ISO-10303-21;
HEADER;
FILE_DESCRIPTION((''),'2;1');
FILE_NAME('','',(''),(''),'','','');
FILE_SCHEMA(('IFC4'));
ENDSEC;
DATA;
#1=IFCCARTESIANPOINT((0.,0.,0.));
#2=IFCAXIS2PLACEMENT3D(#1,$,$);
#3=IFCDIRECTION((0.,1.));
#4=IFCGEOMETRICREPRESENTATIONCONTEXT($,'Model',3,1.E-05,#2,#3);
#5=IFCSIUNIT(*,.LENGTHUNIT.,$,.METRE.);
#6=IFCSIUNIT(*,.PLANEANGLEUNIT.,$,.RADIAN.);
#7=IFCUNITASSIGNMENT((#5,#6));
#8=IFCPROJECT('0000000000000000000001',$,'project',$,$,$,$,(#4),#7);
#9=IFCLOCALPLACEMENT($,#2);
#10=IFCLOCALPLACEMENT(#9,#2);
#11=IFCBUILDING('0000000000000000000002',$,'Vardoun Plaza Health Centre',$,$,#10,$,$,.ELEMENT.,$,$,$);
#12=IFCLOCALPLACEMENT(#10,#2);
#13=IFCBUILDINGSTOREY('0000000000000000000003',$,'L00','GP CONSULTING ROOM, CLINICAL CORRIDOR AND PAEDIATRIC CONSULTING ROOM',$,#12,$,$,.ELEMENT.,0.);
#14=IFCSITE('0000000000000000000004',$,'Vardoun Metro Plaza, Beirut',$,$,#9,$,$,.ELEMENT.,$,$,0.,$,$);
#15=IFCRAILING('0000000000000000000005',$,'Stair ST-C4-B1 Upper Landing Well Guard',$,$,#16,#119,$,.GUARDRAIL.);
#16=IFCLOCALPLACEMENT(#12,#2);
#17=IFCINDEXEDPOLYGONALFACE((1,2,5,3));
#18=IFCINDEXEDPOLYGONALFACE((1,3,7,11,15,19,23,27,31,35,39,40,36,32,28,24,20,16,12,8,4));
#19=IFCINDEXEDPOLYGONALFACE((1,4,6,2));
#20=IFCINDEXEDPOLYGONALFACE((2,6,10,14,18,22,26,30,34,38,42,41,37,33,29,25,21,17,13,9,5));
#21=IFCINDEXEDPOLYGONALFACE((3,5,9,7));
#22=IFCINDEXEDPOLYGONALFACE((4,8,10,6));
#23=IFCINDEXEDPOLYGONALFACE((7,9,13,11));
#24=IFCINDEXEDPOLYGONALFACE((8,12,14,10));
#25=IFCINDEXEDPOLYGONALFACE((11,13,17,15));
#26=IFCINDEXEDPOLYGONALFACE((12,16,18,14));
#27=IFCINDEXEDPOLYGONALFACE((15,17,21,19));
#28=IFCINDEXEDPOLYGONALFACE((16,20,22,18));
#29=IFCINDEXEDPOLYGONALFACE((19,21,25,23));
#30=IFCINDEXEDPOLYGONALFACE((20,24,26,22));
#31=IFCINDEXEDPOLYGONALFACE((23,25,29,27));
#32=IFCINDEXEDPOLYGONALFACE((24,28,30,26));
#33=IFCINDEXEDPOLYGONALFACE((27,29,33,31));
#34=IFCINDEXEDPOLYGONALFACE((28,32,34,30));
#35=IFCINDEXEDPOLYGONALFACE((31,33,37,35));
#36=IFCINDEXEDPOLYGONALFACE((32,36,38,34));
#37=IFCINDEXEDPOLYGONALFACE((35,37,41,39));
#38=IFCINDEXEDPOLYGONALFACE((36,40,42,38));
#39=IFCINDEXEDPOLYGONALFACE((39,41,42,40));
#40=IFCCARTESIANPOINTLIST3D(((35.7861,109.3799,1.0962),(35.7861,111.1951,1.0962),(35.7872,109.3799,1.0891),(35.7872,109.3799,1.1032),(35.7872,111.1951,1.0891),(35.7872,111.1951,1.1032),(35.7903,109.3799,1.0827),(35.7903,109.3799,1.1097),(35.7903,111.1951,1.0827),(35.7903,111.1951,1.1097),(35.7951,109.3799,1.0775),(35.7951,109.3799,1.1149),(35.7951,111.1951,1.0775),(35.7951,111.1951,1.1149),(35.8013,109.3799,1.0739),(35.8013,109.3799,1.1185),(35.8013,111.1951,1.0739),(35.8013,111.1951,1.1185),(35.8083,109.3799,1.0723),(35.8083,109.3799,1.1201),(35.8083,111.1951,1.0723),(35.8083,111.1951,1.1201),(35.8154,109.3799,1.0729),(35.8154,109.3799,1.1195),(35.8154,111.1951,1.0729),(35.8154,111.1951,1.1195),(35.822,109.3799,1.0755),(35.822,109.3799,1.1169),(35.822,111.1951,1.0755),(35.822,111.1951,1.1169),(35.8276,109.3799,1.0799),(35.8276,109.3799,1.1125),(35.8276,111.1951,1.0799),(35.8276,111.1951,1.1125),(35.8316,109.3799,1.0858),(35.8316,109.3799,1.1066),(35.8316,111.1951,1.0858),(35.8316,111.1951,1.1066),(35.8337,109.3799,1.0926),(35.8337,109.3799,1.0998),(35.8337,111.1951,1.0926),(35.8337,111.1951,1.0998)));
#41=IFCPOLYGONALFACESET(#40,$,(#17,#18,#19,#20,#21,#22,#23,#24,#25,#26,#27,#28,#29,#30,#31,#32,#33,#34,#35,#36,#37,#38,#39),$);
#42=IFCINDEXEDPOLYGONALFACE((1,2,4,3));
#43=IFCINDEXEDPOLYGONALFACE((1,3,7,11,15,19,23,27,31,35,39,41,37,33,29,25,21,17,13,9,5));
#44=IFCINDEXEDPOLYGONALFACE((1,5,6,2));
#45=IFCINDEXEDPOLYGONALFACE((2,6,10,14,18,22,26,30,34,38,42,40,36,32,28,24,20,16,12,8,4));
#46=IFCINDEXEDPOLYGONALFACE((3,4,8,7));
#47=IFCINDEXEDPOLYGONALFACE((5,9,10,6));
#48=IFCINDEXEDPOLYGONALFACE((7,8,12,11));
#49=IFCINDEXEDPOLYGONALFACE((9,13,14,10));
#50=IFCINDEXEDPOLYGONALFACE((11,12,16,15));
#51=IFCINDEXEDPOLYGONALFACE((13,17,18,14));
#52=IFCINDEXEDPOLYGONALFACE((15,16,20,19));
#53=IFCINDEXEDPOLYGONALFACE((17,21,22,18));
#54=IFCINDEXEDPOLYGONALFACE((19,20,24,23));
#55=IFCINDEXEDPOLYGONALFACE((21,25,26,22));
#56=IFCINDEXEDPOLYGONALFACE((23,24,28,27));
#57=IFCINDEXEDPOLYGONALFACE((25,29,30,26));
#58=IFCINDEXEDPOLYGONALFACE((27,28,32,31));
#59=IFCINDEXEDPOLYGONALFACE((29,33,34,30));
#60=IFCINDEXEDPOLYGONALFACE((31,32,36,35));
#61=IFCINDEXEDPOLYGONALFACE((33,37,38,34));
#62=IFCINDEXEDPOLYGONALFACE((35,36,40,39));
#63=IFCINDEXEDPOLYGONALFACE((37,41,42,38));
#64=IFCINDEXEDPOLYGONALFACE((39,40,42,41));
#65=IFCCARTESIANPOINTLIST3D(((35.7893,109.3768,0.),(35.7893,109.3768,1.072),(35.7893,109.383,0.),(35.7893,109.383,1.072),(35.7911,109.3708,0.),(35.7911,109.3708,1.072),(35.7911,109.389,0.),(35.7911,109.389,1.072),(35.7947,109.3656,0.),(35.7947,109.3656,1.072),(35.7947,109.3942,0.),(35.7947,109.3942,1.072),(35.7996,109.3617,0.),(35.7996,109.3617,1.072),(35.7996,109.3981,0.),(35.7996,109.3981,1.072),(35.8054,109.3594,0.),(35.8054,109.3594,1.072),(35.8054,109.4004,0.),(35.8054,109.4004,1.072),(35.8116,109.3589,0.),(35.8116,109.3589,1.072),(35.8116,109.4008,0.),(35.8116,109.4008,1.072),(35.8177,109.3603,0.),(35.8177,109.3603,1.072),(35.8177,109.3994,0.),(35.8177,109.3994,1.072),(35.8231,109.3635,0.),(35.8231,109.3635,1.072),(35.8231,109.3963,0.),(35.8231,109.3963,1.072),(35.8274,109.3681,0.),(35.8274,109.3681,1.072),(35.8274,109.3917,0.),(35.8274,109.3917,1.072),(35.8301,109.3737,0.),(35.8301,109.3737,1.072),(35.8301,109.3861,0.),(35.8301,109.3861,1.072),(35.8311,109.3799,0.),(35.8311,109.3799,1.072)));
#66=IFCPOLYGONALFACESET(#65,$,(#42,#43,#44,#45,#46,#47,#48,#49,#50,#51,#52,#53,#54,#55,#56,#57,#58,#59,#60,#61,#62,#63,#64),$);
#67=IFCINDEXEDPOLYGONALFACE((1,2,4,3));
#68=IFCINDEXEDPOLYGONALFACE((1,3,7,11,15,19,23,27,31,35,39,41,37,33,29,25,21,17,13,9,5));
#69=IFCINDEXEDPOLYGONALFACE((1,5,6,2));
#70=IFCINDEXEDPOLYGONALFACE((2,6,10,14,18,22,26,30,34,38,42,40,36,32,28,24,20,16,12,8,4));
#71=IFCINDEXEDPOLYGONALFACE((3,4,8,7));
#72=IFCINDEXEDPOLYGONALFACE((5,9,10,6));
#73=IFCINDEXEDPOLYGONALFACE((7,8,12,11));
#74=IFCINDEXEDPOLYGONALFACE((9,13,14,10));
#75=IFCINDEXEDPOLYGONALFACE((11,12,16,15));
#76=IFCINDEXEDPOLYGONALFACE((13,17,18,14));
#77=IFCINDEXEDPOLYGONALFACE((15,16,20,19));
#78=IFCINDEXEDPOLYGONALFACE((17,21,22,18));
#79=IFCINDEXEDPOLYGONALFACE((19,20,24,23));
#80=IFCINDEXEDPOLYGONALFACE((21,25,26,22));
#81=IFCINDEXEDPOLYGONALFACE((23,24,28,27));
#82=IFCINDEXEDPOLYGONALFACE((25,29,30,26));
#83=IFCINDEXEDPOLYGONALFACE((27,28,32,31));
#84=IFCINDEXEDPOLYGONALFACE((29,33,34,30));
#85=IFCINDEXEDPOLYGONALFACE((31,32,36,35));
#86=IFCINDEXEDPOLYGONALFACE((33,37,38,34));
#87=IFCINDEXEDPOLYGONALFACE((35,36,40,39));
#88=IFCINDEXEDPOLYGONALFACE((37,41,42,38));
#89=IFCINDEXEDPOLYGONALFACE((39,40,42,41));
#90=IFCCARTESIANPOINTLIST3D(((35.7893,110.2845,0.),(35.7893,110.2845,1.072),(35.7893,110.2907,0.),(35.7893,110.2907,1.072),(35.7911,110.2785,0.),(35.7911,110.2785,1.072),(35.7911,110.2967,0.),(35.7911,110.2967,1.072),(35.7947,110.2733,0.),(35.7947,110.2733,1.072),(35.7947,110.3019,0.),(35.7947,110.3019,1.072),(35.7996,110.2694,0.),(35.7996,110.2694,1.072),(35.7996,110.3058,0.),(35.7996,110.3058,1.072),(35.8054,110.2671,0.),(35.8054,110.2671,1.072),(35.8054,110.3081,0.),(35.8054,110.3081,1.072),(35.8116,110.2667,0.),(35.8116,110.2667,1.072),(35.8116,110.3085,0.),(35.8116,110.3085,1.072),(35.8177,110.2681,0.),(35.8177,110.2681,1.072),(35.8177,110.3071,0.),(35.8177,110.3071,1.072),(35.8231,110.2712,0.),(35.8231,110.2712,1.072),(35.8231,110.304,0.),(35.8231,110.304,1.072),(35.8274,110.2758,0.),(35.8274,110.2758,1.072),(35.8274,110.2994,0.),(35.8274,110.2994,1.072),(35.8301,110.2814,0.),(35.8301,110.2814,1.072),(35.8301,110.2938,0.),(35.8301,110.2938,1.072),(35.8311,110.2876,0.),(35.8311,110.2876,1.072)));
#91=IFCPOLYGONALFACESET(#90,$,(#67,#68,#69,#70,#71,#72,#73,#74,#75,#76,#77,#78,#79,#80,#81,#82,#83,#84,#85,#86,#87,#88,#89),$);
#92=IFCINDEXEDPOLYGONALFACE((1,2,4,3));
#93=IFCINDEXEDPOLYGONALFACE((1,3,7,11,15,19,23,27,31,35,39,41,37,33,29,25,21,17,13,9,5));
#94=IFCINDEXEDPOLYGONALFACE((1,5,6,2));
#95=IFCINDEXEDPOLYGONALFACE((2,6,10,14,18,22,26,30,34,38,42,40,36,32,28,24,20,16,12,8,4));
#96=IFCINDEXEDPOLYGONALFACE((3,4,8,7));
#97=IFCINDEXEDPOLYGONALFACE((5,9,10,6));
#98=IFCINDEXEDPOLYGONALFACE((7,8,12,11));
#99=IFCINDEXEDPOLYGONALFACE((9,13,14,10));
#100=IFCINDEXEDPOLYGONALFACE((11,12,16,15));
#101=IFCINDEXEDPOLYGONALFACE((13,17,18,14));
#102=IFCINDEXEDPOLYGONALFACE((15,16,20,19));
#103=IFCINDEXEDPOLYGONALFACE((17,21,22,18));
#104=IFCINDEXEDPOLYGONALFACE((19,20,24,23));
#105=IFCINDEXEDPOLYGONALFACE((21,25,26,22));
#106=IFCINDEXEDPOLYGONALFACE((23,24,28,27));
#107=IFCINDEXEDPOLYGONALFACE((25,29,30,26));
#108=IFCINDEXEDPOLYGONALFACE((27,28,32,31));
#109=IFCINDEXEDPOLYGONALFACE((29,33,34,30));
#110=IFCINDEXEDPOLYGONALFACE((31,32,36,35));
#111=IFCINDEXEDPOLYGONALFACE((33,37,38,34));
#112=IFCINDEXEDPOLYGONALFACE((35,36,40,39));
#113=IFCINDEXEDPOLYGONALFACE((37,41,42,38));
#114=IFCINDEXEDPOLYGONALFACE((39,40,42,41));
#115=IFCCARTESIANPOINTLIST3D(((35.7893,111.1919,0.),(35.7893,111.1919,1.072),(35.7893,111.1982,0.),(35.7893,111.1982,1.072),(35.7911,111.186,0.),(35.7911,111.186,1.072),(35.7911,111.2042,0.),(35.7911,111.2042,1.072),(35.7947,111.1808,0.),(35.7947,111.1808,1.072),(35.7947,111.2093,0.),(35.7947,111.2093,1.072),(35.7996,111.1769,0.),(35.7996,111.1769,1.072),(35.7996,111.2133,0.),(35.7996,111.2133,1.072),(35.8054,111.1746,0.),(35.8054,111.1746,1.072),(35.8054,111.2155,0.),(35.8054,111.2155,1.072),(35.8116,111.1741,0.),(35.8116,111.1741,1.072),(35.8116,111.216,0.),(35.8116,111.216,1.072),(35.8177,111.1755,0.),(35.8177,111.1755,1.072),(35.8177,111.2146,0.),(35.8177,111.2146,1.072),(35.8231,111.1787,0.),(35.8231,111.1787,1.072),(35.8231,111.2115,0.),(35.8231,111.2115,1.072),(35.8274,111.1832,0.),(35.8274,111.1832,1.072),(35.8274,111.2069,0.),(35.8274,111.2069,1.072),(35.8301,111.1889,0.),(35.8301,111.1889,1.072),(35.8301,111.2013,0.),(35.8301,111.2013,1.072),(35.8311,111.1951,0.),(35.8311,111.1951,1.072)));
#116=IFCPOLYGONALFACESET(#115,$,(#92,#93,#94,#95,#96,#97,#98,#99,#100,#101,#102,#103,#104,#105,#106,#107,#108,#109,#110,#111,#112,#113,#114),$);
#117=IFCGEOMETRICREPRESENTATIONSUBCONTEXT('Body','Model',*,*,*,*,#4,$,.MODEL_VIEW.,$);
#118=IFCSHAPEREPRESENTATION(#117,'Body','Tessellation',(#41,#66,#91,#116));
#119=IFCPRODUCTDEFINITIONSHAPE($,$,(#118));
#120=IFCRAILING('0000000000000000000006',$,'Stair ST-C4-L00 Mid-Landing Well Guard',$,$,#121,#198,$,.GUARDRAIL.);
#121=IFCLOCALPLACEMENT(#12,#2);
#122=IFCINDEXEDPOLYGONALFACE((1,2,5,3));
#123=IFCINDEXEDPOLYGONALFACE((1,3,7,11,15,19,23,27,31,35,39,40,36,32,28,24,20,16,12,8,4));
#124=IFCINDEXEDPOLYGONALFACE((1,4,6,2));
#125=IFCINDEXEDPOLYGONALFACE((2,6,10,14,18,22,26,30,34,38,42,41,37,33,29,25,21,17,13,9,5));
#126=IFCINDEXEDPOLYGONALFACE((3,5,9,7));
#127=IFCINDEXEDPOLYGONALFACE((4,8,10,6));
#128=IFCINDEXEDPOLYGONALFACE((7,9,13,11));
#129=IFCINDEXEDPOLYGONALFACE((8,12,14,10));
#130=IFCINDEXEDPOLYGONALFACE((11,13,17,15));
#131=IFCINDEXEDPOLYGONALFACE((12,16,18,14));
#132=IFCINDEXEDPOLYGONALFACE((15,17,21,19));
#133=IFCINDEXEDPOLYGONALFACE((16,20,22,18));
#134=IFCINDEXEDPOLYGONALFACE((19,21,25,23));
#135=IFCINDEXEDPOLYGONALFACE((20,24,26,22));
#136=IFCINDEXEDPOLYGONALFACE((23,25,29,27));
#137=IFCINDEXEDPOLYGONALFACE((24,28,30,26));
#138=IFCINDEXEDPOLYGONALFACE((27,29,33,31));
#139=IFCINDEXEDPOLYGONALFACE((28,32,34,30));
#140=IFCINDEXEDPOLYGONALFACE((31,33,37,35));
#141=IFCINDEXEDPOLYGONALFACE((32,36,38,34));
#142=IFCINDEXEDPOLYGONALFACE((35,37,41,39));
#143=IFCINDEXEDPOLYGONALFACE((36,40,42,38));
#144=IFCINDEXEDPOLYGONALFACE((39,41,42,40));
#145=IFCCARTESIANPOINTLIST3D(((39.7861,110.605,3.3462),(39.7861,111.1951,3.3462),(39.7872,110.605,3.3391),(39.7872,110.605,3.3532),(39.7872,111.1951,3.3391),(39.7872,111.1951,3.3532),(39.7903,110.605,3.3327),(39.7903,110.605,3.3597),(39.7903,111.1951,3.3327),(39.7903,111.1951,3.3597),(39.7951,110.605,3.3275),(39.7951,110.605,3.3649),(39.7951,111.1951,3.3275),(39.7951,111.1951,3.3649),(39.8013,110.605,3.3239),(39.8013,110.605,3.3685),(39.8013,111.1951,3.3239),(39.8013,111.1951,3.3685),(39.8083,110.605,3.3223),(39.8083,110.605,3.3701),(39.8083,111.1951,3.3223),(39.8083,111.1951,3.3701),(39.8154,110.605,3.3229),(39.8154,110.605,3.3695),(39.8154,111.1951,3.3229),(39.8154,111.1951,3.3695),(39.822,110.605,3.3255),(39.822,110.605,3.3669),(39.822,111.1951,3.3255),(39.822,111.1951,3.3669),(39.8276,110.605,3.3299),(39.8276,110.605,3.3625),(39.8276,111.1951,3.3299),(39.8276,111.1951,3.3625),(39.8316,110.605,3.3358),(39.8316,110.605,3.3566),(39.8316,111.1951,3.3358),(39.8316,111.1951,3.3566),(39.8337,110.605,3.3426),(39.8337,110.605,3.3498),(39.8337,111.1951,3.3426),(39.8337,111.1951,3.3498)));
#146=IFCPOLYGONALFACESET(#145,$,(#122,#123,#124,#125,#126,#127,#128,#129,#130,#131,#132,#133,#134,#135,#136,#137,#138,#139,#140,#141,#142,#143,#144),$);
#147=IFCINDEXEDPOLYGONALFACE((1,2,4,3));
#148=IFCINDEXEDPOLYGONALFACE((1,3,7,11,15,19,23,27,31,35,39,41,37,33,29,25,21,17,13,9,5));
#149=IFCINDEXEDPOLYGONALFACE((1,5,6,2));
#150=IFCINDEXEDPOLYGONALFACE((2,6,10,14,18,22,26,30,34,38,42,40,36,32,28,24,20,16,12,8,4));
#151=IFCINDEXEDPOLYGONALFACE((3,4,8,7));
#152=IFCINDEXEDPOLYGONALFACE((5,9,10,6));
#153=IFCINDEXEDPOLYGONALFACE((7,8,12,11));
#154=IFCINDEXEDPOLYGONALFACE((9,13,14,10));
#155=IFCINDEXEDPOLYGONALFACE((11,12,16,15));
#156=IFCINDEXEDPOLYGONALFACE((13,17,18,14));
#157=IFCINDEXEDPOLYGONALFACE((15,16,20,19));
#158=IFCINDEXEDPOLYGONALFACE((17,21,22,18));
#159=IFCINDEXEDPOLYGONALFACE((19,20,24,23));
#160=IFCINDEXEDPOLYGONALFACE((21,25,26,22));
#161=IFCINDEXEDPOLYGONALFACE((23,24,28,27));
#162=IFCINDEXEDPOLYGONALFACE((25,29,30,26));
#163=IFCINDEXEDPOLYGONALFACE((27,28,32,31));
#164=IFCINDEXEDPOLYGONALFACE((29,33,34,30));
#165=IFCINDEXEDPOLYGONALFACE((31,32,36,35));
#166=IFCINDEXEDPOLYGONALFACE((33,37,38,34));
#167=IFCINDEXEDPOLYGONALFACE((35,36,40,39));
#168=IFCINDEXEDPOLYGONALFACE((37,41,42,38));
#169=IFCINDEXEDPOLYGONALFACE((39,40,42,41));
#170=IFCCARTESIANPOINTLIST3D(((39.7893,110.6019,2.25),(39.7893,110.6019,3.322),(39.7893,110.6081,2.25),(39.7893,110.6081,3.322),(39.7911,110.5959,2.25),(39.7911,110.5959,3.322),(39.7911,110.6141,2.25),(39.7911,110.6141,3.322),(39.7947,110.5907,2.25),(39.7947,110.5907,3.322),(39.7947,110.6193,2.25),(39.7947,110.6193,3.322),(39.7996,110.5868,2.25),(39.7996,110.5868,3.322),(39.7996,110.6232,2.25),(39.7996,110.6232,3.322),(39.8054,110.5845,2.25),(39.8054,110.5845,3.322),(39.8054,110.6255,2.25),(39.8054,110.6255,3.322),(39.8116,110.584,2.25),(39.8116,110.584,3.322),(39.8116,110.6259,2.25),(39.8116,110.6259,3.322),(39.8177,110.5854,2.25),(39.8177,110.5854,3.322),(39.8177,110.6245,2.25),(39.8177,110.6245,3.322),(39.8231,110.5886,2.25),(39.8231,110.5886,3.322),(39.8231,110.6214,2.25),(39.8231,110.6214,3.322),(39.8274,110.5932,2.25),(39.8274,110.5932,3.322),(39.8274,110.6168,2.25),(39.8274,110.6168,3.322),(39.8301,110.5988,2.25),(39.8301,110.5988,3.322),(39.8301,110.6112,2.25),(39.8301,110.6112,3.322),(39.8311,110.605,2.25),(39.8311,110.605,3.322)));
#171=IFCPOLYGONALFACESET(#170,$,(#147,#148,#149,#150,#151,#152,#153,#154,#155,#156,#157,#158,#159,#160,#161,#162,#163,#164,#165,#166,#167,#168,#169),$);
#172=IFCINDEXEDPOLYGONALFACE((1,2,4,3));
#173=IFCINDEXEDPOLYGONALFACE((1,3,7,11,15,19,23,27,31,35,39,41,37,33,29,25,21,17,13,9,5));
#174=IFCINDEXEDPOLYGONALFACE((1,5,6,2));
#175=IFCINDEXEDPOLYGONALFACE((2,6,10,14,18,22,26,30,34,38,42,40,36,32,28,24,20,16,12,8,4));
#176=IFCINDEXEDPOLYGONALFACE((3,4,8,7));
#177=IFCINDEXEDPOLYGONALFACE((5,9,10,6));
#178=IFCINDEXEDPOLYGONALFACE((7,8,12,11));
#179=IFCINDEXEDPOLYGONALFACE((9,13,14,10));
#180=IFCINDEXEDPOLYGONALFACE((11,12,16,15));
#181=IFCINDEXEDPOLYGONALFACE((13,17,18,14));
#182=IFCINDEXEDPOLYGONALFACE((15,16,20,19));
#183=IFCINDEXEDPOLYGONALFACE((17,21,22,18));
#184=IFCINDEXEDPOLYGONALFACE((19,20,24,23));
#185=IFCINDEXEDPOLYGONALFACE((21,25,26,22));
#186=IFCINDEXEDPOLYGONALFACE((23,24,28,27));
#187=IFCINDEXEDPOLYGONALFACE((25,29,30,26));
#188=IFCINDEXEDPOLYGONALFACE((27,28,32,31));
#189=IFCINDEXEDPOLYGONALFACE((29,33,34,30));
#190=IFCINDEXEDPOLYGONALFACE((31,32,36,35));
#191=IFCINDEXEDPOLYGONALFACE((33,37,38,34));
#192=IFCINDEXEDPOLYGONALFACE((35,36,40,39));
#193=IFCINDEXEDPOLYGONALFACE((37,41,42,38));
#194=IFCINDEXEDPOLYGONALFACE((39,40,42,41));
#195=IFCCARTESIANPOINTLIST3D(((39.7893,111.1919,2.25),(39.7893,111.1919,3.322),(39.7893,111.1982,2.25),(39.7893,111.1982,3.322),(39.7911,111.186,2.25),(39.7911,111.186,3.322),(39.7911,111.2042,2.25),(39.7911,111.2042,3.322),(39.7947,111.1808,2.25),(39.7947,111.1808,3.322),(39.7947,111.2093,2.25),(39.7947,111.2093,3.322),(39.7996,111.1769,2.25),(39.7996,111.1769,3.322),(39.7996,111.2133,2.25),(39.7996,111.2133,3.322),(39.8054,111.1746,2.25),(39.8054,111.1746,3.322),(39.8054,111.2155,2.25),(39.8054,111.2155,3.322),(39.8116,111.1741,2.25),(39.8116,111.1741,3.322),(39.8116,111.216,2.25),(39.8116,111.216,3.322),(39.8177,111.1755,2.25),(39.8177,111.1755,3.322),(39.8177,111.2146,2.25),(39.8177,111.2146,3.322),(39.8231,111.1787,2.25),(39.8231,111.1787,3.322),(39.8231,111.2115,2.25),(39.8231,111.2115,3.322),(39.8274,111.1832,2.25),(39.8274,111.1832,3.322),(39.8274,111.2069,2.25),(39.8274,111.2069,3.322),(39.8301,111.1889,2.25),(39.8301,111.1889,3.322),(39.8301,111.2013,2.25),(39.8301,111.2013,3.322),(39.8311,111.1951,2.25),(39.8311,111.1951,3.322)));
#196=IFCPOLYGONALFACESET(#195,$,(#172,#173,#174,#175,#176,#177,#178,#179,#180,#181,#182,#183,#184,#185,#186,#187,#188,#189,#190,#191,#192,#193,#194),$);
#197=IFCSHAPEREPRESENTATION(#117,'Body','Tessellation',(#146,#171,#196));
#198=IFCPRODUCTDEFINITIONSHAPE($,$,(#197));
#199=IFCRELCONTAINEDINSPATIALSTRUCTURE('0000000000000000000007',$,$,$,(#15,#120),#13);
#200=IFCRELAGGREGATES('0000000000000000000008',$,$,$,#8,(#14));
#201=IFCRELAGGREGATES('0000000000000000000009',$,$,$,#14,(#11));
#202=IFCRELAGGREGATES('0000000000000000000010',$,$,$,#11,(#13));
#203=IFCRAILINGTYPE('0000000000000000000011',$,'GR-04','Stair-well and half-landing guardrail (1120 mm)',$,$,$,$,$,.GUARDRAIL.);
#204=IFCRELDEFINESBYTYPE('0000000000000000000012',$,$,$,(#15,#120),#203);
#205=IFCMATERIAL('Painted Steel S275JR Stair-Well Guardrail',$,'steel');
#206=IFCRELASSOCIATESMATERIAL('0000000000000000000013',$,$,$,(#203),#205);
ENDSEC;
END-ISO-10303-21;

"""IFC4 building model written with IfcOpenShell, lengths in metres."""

from ifc_helpers import new_model, si_unit, direction, frame, origin, origin_2d, place, context, subcontext, project, spatial, circle, extrude, material, type_object, element, save


model = new_model("IFC4")

# Units and contexts
model_context = context("Model", 3, precision=1e-05, world=origin(), true_north=direction((0.0, 1.0)))
body_context = subcontext(model_context, "Body", "Model", "MODEL_VIEW")
ifc_project = project(units=[si_unit("LENGTHUNIT", "METRE"), si_unit("PLANEANGLEUNIT", "RADIAN")], contexts=[model_context])

# Site, building, storey
site_placement = place(None, origin())
site = spatial("IfcSite", under=ifc_project, at=site_placement, Name="Vardoun Metro Plaza, Beirut", CompositionType="ELEMENT", RefElevation=0.0)
building_placement = place(site_placement, origin())
building = spatial("IfcBuilding", under=site, at=building_placement, Name="Vardoun Plaza Health Centre", CompositionType="ELEMENT")
storey_placement = place(building_placement, origin())
storey = spatial("IfcBuildingStorey", under=building, at=storey_placement, Name="L00", Description="GP CONSULTING ROOM, CLINICAL CORRIDOR AND PAEDIATRIC CONSULTING ROOM", CompositionType="ELEMENT", Elevation=0.0)

# Railings
ifc_material_1 = material(Name="Painted Steel S275JR Stair-Well Guardrail", Category="steel")
railing_type_1 = type_object("IfcRailingType", Name="GR-04", Description="Stair-well and half-landing guardrail (1120 mm)", PredefinedType="GUARDRAIL", material=ifc_material_1)
railing_1_placement = place(storey_placement, frame((35.8101, 109.3799, 0.0)))
element("IfcRailing", 1, at=railing_1_placement, inside=storey, type_object=railing_type_1, Name="Stair ST-C4-B1 Upper Landing Well Guard", PredefinedType="GUARDRAIL", context=body_context, shape_type="SweptSolid", body=[
    extrude(circle(Radius=0.0239, at=origin_2d()), frame((0.0, 0.0, 1.0962), z_axis=(0.0, 1.0, 0.0), x_axis=(-1.0, 0.0, 0.0)), (0.0, 0.0, 1.0), 1.8152),
    extrude(circle(Radius=0.021, at=origin_2d()), origin(), (0.0, 0.0, 1.0), 1.072),
    extrude(circle(Radius=0.021, at=origin_2d()), frame((0.0, 0.9077, 0.0)), (0.0, 0.0, 1.0), 1.072),
    extrude(circle(Radius=0.021, at=origin_2d()), frame((0.0, 1.8152, 0.0)), (0.0, 0.0, 1.0), 1.072),
])
railing_2_placement = place(storey_placement, frame((39.8101, 110.605, 2.25)))
element("IfcRailing", 2, at=railing_2_placement, inside=storey, type_object=railing_type_1, Name="Stair ST-C4-L00 Mid-Landing Well Guard", PredefinedType="GUARDRAIL", context=body_context, shape_type="SweptSolid", body=[
    extrude(circle(Radius=0.0239, at=origin_2d()), frame((0.0, 0.0, 1.0962), z_axis=(0.0, 1.0, 0.0), x_axis=(-1.0, 0.0, 0.0)), (0.0, 0.0, 1.0), 0.5901),
    extrude(circle(Radius=0.021, at=origin_2d()), origin(), (0.0, 0.0, 1.0), 1.072),
    extrude(circle(Radius=0.021, at=origin_2d()), frame((0.0, 0.5901, 0.0)), (0.0, 0.0, 1.0), 1.072),
])

save(model, "model.ifc")
